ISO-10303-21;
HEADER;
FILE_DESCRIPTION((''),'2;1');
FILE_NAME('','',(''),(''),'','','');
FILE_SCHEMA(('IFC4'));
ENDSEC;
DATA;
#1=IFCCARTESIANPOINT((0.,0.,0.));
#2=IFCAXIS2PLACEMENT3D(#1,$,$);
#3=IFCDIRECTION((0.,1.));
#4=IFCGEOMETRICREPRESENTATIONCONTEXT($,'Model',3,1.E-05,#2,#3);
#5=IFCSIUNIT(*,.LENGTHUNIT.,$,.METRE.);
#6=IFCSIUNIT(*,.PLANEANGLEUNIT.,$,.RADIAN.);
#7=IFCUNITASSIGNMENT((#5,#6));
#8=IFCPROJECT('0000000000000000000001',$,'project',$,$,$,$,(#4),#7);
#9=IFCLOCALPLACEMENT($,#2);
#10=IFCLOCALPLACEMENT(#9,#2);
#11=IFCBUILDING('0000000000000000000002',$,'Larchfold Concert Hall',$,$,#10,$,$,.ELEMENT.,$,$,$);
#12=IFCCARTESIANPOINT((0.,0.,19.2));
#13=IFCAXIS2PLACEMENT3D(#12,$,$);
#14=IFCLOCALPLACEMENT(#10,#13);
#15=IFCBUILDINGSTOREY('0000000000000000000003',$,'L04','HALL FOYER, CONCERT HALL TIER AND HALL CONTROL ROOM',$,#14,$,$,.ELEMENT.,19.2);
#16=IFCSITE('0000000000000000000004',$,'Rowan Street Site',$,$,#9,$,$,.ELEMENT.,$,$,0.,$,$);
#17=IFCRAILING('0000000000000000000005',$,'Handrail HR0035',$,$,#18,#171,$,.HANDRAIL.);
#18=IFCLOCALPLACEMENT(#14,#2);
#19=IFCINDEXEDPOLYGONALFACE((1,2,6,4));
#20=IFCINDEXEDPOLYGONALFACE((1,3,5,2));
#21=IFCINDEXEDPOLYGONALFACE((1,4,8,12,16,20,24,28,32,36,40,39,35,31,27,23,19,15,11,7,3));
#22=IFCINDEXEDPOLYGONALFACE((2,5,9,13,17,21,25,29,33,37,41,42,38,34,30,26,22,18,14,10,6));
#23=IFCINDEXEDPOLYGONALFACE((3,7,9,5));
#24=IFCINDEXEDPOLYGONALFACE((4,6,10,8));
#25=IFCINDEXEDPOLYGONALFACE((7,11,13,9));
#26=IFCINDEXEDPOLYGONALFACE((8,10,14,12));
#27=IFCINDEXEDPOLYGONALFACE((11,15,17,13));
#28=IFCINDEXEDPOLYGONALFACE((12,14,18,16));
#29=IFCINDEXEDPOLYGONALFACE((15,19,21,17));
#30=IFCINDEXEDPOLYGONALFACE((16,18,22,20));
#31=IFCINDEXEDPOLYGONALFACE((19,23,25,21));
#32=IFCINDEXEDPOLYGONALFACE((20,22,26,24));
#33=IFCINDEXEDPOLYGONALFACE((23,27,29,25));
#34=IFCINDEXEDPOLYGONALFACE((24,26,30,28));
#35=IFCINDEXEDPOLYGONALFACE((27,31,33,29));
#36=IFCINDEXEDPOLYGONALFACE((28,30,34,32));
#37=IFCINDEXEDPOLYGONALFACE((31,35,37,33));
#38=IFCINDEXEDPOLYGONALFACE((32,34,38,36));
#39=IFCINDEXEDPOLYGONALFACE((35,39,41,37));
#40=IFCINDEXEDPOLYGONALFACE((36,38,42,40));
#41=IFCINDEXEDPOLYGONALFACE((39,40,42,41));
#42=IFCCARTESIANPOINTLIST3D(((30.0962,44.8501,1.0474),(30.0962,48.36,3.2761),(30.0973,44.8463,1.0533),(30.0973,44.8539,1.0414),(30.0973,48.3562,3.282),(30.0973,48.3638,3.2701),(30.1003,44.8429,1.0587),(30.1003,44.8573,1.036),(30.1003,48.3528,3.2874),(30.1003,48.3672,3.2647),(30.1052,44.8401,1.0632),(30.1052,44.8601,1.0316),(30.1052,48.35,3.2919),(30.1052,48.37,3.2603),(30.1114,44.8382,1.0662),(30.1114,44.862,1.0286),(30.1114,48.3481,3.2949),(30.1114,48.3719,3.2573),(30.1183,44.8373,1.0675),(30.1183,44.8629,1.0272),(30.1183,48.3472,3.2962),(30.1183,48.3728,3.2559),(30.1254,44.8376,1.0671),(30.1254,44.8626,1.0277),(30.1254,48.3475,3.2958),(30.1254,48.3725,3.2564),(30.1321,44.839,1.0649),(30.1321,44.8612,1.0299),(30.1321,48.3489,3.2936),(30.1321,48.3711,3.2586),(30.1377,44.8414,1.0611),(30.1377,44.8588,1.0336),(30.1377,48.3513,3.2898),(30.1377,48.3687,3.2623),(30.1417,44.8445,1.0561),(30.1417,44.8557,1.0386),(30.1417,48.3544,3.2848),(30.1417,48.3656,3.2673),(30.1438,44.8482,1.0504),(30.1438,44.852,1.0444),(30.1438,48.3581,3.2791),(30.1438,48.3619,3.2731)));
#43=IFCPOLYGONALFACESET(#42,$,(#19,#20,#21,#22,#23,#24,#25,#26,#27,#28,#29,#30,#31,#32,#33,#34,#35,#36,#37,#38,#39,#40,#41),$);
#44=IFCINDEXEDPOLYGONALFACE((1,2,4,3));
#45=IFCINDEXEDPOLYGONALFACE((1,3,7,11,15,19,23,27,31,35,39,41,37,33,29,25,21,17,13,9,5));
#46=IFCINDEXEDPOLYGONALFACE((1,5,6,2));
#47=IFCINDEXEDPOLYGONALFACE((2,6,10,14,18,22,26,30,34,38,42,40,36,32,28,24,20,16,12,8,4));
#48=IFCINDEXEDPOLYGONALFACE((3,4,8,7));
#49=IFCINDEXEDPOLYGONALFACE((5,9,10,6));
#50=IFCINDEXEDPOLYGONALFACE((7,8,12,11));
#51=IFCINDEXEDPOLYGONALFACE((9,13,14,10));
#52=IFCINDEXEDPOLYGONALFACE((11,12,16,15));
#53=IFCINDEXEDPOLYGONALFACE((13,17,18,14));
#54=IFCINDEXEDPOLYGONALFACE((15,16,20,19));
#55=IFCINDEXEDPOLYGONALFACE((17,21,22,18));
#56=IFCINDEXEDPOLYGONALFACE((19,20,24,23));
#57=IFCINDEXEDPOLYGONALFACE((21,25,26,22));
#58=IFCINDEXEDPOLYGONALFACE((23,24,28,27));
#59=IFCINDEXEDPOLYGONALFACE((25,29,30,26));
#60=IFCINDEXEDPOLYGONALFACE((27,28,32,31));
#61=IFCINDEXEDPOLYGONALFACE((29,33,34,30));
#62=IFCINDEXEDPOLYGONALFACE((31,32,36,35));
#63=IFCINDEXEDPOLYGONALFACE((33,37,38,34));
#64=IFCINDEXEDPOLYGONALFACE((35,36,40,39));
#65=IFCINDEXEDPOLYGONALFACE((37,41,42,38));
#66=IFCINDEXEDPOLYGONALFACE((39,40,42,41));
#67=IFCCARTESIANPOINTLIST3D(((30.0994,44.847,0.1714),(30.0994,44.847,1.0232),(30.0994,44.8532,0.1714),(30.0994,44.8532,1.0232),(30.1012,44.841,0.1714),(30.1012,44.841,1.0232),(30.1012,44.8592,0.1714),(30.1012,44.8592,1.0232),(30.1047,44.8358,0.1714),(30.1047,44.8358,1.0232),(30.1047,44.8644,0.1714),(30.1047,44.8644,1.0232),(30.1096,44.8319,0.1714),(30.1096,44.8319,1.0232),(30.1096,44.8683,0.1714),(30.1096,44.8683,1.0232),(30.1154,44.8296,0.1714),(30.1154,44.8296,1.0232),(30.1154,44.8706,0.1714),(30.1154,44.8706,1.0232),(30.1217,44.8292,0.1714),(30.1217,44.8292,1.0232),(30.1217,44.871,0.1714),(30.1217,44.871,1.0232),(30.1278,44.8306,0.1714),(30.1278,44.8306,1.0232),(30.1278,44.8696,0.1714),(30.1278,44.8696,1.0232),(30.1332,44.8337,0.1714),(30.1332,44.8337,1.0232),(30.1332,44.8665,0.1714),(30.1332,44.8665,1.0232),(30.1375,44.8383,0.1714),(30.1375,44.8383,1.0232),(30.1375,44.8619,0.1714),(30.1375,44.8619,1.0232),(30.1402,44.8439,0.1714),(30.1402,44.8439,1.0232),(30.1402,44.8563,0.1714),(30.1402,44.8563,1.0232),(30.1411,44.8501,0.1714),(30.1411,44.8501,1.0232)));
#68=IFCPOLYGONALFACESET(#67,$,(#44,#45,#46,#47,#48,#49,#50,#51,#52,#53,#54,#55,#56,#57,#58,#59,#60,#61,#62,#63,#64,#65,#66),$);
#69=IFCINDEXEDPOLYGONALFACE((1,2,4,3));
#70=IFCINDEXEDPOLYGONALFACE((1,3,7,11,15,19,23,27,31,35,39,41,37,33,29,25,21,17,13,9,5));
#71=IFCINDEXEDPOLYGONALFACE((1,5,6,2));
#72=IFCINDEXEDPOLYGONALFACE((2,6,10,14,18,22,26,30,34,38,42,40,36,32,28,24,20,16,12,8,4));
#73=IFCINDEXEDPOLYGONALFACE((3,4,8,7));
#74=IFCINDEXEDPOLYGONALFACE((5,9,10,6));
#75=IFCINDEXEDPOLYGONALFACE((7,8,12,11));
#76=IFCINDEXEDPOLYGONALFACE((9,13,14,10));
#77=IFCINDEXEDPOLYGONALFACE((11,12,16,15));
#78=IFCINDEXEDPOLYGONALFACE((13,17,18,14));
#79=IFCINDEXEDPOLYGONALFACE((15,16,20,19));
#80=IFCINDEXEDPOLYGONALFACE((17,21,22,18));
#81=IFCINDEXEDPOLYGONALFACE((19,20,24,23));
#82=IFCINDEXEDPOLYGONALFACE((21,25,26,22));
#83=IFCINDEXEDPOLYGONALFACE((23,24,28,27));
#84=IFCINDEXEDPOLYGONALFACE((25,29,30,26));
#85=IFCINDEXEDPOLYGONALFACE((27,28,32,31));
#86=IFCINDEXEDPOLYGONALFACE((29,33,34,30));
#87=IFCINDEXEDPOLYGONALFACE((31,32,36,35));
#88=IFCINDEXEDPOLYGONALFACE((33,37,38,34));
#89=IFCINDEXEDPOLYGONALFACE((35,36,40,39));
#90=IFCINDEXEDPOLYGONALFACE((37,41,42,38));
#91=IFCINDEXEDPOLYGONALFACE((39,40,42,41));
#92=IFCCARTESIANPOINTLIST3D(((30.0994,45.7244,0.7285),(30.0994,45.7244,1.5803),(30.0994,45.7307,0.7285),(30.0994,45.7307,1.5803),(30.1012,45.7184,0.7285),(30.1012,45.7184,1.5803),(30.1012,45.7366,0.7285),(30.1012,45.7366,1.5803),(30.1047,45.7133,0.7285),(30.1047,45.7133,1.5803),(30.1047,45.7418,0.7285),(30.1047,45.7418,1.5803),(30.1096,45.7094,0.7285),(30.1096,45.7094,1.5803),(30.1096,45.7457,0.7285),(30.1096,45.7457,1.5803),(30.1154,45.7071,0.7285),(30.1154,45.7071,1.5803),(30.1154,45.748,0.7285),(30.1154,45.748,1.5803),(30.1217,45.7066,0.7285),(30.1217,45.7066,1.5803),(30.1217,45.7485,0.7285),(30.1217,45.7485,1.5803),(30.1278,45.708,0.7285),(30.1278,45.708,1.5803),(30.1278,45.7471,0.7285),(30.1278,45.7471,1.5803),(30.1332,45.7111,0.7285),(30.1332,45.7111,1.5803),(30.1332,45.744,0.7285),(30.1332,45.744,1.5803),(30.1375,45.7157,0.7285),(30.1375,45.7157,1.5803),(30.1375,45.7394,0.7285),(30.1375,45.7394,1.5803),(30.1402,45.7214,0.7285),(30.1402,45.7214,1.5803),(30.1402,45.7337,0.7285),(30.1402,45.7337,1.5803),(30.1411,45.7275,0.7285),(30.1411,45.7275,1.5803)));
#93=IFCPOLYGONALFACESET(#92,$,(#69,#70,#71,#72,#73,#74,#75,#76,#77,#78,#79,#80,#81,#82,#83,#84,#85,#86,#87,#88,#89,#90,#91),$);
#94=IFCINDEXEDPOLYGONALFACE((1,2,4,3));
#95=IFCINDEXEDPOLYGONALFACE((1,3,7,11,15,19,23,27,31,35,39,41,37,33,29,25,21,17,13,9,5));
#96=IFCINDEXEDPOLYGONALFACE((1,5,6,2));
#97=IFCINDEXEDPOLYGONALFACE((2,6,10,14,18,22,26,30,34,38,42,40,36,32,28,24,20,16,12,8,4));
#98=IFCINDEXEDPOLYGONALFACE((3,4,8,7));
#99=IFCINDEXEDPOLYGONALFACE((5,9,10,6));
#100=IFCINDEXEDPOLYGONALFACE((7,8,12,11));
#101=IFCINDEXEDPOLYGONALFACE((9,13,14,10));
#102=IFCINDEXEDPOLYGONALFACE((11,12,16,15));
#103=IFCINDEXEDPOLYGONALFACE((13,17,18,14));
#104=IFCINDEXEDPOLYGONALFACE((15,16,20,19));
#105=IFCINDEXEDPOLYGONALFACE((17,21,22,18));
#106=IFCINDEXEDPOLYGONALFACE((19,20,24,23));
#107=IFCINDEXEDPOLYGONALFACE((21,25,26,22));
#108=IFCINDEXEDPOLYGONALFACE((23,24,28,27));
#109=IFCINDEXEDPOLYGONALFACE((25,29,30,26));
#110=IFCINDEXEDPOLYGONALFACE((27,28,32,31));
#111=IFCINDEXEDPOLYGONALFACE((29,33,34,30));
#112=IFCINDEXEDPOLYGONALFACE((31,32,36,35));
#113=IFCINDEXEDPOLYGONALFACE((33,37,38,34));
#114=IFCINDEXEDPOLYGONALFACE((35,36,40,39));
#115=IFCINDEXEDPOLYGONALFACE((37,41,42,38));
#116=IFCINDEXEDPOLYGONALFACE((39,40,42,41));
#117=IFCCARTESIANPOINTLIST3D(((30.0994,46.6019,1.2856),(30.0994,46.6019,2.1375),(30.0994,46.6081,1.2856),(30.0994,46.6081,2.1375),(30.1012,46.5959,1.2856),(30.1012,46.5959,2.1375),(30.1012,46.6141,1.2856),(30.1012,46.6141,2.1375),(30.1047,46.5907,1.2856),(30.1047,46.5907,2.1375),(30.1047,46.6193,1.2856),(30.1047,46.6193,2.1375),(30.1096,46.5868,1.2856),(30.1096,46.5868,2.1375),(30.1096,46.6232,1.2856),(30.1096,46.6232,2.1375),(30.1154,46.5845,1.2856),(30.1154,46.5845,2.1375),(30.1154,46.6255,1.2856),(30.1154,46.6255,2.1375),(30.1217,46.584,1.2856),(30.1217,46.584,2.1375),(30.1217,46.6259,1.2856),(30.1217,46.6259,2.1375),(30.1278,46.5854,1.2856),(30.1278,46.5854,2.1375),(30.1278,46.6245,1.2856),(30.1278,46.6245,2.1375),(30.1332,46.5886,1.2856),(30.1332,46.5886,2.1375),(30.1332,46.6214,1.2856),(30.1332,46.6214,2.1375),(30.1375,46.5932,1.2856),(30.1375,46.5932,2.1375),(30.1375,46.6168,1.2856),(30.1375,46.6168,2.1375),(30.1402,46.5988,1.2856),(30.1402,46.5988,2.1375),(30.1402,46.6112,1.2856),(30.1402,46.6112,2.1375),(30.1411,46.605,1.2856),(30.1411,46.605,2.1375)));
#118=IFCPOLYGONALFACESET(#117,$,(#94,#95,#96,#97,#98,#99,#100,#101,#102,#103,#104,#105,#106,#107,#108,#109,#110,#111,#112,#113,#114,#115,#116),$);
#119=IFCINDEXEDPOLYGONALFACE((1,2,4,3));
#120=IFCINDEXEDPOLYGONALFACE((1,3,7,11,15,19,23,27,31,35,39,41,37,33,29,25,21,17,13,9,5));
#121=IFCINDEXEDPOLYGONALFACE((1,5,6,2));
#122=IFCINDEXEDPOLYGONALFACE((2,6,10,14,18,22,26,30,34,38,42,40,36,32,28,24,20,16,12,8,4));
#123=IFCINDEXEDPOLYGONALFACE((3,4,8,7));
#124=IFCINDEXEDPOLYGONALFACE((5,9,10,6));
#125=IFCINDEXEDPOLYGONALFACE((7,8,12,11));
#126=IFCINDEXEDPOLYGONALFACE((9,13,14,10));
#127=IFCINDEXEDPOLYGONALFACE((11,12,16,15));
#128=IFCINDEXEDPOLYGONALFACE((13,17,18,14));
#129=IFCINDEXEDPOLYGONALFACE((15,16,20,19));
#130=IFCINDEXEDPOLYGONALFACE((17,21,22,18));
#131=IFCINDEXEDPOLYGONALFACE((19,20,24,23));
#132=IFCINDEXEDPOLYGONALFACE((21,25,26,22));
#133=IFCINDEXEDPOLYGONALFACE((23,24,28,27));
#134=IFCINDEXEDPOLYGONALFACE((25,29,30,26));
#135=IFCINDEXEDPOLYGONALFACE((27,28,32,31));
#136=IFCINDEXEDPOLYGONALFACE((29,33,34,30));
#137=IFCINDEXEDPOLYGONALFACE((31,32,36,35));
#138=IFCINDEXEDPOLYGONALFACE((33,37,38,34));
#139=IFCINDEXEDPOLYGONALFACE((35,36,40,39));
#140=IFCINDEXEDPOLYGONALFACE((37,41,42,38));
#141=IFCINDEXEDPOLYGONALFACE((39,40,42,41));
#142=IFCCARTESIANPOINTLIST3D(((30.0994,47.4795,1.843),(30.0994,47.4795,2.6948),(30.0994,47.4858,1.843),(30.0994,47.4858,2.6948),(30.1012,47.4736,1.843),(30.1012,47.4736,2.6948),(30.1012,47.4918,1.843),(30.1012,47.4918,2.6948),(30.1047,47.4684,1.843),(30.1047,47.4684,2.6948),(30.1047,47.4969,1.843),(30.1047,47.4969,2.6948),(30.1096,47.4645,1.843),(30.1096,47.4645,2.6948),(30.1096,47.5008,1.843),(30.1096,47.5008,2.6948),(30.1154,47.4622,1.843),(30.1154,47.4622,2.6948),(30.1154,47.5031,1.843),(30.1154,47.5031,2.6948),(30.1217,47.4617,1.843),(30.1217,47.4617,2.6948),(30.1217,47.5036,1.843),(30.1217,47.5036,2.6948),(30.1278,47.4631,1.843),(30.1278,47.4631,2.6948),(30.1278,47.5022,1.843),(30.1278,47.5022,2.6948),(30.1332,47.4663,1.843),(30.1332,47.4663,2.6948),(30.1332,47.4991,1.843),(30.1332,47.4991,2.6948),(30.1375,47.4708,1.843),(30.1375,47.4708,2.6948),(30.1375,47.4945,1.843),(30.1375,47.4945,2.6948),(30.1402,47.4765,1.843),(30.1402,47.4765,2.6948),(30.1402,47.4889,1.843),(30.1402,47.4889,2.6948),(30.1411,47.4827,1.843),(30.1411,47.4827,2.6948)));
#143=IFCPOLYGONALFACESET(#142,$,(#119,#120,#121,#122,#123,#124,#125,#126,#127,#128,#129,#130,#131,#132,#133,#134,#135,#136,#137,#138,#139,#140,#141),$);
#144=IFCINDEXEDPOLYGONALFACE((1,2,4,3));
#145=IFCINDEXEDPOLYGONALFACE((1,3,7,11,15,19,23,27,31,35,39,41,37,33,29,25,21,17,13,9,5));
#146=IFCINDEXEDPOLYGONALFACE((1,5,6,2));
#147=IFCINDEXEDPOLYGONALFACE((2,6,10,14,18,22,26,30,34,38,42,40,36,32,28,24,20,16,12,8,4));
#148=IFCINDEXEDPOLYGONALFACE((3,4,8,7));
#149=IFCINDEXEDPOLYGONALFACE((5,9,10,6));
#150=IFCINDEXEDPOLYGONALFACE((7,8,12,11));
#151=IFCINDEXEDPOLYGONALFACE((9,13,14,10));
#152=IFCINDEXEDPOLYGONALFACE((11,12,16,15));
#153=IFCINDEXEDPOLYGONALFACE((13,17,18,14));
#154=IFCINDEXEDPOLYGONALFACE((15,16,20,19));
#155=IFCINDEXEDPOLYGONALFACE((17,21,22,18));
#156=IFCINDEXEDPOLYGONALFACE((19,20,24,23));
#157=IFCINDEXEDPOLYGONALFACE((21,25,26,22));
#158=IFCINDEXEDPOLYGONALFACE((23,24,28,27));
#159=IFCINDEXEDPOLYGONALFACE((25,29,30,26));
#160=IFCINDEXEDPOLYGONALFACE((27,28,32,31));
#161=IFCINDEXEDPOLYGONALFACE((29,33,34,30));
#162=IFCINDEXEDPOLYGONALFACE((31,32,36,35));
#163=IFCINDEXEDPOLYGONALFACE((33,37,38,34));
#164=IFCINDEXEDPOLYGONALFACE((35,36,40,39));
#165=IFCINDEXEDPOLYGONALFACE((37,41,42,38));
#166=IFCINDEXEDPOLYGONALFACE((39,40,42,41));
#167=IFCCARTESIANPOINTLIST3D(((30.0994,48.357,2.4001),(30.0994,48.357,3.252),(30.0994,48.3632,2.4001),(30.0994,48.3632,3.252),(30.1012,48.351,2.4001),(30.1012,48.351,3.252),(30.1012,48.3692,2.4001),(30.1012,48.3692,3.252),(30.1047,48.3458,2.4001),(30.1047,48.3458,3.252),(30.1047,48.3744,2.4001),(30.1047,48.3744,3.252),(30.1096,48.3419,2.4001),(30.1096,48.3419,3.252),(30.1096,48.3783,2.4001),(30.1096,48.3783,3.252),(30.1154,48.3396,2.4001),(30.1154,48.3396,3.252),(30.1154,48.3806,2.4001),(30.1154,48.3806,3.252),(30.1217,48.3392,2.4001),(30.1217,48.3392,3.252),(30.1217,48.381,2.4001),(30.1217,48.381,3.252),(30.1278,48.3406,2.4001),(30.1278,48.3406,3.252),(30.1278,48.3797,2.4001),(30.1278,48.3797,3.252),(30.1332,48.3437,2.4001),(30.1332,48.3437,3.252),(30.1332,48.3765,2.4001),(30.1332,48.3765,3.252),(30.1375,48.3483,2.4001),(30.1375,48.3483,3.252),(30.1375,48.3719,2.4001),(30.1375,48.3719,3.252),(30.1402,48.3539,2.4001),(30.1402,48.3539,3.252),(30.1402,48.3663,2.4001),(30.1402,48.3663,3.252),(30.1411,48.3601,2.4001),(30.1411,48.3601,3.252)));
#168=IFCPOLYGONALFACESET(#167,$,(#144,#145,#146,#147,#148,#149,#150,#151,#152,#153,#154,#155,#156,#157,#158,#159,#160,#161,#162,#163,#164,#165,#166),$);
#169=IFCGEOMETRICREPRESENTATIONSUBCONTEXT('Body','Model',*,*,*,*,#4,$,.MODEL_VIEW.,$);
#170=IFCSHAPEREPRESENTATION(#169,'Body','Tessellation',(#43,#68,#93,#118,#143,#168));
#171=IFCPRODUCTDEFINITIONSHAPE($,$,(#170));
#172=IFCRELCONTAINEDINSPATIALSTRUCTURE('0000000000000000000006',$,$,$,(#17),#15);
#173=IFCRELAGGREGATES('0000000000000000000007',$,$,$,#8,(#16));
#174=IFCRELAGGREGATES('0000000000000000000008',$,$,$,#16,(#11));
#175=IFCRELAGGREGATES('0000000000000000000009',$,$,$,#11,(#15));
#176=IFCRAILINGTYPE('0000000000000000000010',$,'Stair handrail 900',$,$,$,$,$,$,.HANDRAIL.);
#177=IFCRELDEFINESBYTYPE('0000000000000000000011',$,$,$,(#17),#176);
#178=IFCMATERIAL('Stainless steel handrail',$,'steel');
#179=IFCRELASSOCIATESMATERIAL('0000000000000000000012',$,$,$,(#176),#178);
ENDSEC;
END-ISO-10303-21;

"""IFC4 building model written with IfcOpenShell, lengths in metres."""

from ifc_helpers import new_model, si_unit, direction, frame, origin, origin_2d, place, context, subcontext, project, spatial, circle, extrude, material, type_object, element, save


model = new_model("IFC4")

# Units and contexts
model_context = context("Model", 3, precision=1e-05, world=origin(), true_north=direction((0.0, 1.0)))
body_context = subcontext(model_context, "Body", "Model", "MODEL_VIEW")
ifc_project = project(units=[si_unit("LENGTHUNIT", "METRE"), si_unit("PLANEANGLEUNIT", "RADIAN")], contexts=[model_context])

# Site, building, storey
site_placement = place(None, origin())
site = spatial("IfcSite", under=ifc_project, at=site_placement, Name="Rowan Street Site", CompositionType="ELEMENT", RefElevation=0.0)
building_placement = place(site_placement, origin())
building = spatial("IfcBuilding", under=site, at=building_placement, Name="Larchfold Concert Hall", CompositionType="ELEMENT")
storey_placement = place(building_placement, frame((0.0, 0.0, 19.2)))
storey = spatial("IfcBuildingStorey", under=building, at=storey_placement, Name="L04", Description="HALL FOYER, CONCERT HALL TIER AND HALL CONTROL ROOM", CompositionType="ELEMENT", Elevation=19.2)

# Railing
ifc_material_1 = material(Name="Stainless steel handrail", Category="steel")
railing_type_1 = type_object("IfcRailingType", Name="Stair handrail 900", PredefinedType="HANDRAIL", material=ifc_material_1)
railing_1_placement = place(storey_placement, frame((30.1201, 44.8501, 0.1714)))
element("IfcRailing", 1, at=railing_1_placement, inside=storey, type_object=railing_type_1, Name="Handrail HR0035", PredefinedType="HANDRAIL", context=body_context, shape_type="SweptSolid", body=[
    extrude(circle(Radius=0.0239, at=origin_2d()), frame((0.0, 0.0, 0.876), z_axis=(0.0, 0.844193, 0.536039), x_axis=(-1.0, 0.0, 0.0)), (0.0, 0.0, 1.0), 4.1577),
    extrude(circle(Radius=0.021, at=origin_2d()), origin(), (0.0, 0.0, 1.0), 0.8518),
    extrude(circle(Radius=0.021, at=origin_2d()), frame((0.0, 0.8774, 0.5571)), (0.0, 0.0, 1.0), 0.8518),
    extrude(circle(Radius=0.021, at=origin_2d()), frame((0.0, 1.7549, 1.1143)), (0.0, 0.0, 1.0), 0.8518),
    extrude(circle(Radius=0.021, at=origin_2d()), frame((0.0, 2.6326, 1.6716)), (0.0, 0.0, 1.0), 0.8518),
    extrude(circle(Radius=0.021, at=origin_2d()), frame((0.0, 3.51, 2.2288)), (0.0, 0.0, 1.0), 0.8518),
])

save(model, "model.ifc")
